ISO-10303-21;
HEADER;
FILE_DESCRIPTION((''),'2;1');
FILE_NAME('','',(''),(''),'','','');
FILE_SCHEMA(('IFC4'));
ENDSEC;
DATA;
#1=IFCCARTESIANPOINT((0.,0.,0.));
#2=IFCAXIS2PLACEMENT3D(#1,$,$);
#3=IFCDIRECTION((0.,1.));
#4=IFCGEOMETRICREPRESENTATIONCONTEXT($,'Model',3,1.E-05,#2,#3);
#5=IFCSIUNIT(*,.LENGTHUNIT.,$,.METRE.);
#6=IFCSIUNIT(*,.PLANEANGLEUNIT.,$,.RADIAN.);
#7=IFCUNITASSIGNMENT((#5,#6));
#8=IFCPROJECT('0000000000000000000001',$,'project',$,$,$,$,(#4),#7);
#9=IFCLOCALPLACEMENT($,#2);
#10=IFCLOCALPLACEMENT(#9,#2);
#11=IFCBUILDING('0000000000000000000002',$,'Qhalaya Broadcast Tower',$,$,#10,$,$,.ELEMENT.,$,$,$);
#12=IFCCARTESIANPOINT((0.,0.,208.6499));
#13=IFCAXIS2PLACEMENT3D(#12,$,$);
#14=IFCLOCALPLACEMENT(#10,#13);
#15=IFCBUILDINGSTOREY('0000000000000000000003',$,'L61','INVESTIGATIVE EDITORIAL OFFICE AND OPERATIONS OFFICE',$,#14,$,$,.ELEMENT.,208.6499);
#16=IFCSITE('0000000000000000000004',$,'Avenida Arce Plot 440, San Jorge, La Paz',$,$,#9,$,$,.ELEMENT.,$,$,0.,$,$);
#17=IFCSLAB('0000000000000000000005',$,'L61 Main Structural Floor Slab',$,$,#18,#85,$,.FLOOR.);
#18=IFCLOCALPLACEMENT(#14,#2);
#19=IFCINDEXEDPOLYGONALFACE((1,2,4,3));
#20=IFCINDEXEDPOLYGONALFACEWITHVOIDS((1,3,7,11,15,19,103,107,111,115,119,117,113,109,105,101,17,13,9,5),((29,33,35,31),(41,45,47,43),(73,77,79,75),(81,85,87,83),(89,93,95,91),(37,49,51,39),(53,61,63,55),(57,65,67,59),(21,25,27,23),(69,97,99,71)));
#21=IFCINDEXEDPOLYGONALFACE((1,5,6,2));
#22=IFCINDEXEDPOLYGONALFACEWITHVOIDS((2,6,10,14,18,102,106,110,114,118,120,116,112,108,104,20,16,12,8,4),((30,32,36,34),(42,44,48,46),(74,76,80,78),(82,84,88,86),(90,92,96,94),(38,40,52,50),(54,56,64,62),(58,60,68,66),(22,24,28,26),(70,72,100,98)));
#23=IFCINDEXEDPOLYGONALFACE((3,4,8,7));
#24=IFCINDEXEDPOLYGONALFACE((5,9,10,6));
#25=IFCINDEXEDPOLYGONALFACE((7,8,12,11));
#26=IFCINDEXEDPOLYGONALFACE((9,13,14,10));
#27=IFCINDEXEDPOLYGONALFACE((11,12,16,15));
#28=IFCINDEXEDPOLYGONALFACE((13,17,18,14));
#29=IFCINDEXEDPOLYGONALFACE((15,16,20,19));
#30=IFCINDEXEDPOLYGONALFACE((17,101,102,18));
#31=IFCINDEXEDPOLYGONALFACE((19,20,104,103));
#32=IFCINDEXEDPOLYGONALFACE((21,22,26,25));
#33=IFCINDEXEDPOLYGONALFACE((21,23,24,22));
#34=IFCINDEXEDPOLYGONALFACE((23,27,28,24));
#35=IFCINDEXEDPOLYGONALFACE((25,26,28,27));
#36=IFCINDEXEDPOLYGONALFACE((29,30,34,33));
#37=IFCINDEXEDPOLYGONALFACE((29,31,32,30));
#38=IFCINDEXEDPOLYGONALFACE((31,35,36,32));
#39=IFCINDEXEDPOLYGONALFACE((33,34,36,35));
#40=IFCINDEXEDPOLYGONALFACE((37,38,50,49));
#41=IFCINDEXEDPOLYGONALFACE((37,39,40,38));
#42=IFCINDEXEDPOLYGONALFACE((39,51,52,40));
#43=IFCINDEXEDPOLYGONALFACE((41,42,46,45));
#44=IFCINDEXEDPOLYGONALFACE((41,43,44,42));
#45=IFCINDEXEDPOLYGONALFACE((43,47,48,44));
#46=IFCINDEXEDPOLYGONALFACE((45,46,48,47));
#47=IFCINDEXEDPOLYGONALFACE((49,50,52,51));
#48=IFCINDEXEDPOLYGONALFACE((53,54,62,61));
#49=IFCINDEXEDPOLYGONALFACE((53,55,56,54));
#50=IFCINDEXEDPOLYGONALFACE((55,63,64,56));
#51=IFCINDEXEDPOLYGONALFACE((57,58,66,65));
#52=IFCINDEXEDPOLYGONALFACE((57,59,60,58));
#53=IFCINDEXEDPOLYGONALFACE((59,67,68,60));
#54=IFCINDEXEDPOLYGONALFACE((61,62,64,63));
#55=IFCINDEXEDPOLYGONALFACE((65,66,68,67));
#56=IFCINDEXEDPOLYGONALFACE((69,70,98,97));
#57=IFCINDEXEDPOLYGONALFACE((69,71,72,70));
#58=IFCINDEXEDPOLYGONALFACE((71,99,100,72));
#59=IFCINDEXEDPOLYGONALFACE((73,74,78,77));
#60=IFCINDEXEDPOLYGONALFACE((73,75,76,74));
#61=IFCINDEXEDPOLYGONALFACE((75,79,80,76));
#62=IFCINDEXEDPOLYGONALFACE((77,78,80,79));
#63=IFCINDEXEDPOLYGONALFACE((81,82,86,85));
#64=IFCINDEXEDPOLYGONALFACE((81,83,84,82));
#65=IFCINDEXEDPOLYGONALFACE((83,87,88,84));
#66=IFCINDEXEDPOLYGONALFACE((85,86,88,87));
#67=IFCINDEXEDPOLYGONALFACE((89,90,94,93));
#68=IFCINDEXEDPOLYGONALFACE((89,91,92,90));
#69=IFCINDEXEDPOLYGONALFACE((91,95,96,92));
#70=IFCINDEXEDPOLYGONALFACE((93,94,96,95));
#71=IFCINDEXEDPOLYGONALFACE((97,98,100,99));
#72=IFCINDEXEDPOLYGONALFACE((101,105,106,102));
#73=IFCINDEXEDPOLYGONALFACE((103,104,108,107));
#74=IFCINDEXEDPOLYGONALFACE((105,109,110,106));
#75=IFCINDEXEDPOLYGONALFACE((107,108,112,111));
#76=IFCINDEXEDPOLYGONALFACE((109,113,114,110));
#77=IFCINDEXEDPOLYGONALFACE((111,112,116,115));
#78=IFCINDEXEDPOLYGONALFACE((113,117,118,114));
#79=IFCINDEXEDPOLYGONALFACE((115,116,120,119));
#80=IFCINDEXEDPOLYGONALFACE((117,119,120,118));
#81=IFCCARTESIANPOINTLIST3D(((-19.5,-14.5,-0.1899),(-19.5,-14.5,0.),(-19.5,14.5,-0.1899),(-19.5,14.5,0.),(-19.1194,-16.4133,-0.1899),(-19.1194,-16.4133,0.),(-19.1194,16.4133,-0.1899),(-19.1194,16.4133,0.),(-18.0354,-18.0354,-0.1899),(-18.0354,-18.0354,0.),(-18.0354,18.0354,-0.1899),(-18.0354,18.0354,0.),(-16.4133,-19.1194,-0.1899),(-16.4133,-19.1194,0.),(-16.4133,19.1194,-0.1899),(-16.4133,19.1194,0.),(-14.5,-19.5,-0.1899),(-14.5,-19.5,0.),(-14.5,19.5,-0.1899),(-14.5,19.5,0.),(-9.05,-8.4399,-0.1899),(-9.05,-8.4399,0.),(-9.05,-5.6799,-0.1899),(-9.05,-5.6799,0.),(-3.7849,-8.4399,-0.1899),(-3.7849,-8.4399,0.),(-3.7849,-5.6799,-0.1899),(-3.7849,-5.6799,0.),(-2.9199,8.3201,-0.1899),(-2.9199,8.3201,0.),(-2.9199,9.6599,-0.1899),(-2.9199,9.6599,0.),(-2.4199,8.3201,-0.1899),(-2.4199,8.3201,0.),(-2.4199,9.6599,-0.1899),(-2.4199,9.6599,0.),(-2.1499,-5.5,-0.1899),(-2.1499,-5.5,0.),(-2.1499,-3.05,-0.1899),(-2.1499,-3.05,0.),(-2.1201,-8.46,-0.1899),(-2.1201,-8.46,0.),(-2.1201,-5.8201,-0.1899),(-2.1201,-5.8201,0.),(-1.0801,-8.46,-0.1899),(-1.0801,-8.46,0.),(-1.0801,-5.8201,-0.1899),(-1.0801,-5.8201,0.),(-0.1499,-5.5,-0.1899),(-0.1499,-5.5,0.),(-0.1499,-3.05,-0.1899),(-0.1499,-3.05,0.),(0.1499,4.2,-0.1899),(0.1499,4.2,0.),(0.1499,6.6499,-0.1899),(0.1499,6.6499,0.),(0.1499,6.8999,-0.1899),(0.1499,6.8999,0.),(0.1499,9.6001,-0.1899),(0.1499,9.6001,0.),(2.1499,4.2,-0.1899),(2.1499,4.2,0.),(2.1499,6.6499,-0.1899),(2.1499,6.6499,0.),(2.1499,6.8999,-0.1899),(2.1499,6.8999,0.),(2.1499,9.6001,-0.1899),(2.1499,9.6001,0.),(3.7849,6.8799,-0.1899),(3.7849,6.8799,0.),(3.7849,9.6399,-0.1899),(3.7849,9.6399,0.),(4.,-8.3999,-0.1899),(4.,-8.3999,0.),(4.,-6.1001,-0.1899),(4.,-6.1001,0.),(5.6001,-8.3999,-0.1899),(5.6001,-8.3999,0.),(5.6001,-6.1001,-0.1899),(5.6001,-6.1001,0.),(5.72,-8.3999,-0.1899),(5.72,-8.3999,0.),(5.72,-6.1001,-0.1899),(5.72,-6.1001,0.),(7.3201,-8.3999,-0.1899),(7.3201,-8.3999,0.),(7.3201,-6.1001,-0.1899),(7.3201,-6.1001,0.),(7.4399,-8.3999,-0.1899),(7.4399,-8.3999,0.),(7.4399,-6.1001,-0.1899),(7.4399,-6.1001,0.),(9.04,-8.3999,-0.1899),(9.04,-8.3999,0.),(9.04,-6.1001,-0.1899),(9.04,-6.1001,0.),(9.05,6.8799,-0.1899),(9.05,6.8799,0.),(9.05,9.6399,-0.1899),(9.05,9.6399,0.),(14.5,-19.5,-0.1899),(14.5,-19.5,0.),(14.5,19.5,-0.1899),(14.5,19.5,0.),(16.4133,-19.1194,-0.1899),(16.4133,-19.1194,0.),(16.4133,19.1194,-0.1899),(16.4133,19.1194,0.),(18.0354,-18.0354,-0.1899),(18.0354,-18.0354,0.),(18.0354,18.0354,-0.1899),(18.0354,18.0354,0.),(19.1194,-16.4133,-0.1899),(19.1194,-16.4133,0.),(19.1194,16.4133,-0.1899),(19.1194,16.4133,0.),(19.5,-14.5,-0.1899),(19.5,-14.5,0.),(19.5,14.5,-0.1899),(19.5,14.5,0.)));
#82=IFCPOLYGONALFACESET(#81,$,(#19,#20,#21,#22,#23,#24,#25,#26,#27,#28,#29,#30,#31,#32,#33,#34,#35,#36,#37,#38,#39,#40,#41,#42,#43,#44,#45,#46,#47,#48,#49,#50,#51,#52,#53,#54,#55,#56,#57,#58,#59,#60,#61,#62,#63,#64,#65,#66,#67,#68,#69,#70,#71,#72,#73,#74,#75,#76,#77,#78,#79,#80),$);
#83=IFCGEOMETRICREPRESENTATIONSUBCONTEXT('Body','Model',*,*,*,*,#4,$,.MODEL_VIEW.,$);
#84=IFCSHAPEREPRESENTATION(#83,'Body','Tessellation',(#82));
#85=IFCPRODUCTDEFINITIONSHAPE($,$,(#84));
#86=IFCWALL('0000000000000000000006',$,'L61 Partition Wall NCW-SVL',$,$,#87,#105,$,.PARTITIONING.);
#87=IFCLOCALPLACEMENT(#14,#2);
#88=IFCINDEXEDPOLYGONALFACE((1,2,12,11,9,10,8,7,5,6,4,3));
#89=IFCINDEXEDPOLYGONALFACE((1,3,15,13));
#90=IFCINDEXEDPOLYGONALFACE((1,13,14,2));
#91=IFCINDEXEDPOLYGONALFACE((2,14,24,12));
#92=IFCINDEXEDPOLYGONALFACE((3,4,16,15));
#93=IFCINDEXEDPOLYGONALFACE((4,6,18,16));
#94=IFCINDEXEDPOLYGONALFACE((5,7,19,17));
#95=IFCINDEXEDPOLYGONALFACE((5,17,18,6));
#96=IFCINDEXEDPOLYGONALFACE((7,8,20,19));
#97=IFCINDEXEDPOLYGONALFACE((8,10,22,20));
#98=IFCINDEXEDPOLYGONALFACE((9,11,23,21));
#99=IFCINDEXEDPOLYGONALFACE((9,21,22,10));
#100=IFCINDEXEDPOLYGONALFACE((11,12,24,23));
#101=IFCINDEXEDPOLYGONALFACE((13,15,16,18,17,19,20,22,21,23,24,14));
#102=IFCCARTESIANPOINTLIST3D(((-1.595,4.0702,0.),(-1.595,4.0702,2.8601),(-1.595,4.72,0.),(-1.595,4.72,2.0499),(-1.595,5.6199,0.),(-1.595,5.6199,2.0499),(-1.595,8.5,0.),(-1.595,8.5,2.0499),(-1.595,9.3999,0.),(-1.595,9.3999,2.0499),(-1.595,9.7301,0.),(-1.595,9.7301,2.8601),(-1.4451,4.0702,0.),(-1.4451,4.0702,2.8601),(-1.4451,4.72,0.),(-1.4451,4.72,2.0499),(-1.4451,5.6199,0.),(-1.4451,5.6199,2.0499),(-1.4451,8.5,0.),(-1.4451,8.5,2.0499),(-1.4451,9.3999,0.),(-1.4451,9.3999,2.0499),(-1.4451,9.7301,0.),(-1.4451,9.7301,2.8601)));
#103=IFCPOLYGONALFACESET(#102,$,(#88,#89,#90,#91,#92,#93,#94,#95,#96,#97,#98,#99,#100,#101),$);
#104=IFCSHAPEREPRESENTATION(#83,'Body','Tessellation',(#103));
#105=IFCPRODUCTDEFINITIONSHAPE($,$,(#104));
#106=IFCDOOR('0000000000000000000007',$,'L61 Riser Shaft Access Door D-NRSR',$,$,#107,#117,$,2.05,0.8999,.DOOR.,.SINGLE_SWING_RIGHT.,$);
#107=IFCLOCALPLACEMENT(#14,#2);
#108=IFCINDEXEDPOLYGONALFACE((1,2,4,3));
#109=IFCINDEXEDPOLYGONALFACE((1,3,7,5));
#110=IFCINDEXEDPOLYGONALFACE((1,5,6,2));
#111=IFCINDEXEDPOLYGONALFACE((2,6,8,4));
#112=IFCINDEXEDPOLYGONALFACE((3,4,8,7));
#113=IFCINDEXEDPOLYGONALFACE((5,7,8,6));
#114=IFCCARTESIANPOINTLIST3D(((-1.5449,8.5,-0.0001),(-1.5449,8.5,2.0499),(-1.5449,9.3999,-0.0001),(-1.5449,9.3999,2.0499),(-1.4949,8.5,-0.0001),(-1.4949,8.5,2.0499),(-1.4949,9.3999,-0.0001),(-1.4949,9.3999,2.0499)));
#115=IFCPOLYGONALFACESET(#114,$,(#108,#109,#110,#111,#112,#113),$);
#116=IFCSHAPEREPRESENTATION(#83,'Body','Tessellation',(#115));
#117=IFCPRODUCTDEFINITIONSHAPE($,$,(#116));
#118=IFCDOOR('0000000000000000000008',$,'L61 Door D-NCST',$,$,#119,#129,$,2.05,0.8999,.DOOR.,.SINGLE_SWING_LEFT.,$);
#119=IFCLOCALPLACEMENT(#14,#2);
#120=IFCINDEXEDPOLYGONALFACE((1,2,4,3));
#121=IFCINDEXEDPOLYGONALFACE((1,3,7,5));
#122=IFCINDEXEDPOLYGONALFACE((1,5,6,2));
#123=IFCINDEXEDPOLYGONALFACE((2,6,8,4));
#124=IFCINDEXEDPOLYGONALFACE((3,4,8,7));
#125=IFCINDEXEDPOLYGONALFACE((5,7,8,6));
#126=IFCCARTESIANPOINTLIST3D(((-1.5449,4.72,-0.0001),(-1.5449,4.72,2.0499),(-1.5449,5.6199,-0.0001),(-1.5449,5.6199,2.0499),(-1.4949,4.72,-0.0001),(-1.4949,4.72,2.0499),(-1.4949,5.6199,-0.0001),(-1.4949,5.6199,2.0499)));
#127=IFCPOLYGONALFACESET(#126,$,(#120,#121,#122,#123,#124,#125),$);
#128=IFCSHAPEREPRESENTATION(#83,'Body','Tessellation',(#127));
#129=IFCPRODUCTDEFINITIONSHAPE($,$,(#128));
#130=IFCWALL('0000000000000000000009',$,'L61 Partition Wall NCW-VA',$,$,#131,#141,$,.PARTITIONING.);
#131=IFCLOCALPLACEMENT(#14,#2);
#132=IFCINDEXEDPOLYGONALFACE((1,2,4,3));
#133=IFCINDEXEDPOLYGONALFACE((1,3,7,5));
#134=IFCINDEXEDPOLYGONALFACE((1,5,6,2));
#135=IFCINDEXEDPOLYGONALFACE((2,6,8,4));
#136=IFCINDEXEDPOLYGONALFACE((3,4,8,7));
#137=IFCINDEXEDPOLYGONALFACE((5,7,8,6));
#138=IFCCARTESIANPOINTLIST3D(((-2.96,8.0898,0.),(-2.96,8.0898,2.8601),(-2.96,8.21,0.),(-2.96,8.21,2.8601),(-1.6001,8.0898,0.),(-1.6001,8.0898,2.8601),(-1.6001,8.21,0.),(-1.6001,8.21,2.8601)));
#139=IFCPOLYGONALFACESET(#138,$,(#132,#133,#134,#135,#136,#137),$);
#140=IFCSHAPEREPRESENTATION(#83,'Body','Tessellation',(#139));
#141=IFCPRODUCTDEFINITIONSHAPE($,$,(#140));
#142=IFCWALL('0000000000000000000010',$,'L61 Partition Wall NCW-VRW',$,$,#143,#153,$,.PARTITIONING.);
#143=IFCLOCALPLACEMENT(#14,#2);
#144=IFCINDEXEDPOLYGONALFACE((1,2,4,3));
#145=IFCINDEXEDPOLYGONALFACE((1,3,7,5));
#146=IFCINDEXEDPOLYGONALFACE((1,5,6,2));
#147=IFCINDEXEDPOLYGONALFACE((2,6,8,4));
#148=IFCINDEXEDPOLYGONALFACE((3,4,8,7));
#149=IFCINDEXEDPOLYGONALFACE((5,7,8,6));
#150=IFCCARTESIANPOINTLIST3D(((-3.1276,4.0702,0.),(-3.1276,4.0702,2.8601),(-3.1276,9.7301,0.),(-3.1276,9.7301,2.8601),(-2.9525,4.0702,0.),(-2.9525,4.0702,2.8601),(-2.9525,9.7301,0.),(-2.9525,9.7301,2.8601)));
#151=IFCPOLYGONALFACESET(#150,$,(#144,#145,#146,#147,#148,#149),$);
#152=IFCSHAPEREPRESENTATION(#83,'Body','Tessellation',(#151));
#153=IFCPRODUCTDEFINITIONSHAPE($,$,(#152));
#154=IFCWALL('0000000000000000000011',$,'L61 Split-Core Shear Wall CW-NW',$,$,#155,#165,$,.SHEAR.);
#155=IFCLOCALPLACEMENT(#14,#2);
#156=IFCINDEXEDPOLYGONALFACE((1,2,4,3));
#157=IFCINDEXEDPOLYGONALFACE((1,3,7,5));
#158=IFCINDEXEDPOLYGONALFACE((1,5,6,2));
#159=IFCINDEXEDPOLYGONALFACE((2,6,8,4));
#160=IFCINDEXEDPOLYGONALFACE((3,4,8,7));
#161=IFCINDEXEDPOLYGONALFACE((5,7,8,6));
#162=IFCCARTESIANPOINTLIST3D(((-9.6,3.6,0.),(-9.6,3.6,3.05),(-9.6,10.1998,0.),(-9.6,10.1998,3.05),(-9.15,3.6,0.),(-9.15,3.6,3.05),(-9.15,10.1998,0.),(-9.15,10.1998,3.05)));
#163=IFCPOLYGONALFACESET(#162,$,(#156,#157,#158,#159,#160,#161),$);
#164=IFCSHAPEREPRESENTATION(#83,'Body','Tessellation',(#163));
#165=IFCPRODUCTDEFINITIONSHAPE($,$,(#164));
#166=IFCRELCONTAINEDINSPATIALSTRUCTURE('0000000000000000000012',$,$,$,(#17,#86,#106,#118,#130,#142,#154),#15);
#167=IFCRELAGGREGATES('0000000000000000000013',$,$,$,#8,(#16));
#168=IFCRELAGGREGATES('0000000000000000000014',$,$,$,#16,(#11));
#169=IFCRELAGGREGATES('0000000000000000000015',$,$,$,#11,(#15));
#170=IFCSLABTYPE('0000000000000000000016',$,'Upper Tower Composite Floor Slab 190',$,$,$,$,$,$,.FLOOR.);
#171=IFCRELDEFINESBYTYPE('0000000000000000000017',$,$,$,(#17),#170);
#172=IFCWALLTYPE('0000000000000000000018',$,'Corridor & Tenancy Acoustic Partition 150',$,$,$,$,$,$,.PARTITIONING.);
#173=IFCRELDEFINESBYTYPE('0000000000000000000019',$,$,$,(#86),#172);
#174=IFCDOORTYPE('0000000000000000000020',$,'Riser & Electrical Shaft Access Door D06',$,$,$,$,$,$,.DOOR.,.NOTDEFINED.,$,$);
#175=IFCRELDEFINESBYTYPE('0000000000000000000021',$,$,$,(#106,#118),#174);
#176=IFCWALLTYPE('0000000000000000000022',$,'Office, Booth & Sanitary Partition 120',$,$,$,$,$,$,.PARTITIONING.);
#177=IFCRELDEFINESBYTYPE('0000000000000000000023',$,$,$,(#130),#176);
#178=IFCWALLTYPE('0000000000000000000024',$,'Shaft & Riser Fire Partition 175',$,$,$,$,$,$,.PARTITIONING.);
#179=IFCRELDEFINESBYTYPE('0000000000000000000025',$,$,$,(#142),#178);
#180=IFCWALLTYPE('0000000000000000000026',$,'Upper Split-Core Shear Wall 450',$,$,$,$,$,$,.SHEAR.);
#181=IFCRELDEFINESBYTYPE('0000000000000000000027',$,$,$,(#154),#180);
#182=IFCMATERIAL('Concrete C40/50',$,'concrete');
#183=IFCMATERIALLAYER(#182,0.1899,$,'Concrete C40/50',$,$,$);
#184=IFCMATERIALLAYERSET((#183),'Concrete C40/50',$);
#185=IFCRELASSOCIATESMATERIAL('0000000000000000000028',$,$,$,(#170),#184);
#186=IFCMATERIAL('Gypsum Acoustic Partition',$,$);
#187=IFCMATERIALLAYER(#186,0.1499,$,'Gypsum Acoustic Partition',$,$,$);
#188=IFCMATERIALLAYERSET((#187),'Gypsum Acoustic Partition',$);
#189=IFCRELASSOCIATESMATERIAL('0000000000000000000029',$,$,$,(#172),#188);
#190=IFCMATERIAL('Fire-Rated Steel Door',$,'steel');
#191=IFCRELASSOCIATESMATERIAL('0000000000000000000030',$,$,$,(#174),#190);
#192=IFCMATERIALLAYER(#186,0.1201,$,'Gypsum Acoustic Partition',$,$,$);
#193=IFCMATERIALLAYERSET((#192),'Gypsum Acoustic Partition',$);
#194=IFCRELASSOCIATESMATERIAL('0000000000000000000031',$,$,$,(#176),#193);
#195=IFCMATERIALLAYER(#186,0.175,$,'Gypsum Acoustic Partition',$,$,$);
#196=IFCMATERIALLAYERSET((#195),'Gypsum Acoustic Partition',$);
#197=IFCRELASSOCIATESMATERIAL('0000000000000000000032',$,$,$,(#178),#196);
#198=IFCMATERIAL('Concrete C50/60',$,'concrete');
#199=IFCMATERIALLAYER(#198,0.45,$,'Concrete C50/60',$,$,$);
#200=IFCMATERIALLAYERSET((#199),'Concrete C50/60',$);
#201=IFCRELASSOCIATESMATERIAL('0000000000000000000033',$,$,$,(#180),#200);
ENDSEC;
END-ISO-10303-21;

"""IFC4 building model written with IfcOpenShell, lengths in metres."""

from ifc_helpers import new_model, si_unit, direction, frame, frame_2d, origin, place, context, subcontext, project, spatial, polyline, rectangle, outline, extrude, material, layer, layer_set, type_object, element, fill, save


model = new_model("IFC4")

# Units and contexts
model_context = context("Model", 3, precision=1e-05, world=origin(), true_north=direction((0.0, 1.0)))
body_context = subcontext(model_context, "Body", "Model", "MODEL_VIEW")
ifc_project = project(units=[si_unit("LENGTHUNIT", "METRE"), si_unit("PLANEANGLEUNIT", "RADIAN")], contexts=[model_context])

# Site, building, storey
site_placement = place(None, origin())
site = spatial("IfcSite", under=ifc_project, at=site_placement, Name="Avenida Arce Plot 440, San Jorge, La Paz", CompositionType="ELEMENT", RefElevation=0.0)
building_placement = place(site_placement, origin())
building = spatial("IfcBuilding", under=site, at=building_placement, Name="Qhalaya Broadcast Tower", CompositionType="ELEMENT")
storey_placement = place(building_placement, frame((0.0, 0.0, 208.6499)))
storey = spatial("IfcBuildingStorey", under=building, at=storey_placement, Name="L61", Description="INVESTIGATIVE EDITORIAL OFFICE AND OPERATIONS OFFICE", CompositionType="ELEMENT", Elevation=208.6499)

# Shared definitions
ifc_material_1 = material(Name="Concrete C50/60", Category="concrete")

# Slab
ifc_material_2 = material(Name="Concrete C40/50", Category="concrete")
ifc_layer_1 = layer(ifc_material_2, 0.1899, Name="Concrete C40/50")
ifc_layer_set_1 = layer_set([ifc_layer_1], Name="Concrete C40/50")
slab_type = type_object("IfcSlabType", Name="Upper Tower Composite Floor Slab 190", PredefinedType="FLOOR", material=ifc_layer_set_1)
slab_placement = place(storey_placement, frame((0.0, 0.0, -0.1899)))
element("IfcSlab", 1, at=slab_placement, inside=storey, type_object=slab_type, Name="L61 Main Structural Floor Slab", PredefinedType="FLOOR", context=body_context, shape_type="SweptSolid", body=[
    extrude(outline(polyline([(14.5, -19.5), (16.4133, -19.1194), (18.0354, -18.0354), (19.1194, -16.4133), (19.5, -14.5), (19.5, 14.5), (19.1194, 16.4133), (18.0354, 18.0354), (16.4133, 19.1194), (14.5, 19.5), (-14.5, 19.5), (-16.4133, 19.1194), (-18.0354, 18.0354), (-19.1194, 16.4133), (-19.5, 14.5), (-19.5, -14.5), (-19.1194, -16.4133), (-18.0354, -18.0354), (-16.4133, -19.1194), (-14.5, -19.5), (14.5, -19.5)]), holes=[polyline([(3.7849, 9.6399), (9.05, 9.6399), (9.05, 6.8799), (3.7849, 6.8799), (3.7849, 9.6399)]), polyline([(-3.7849, -8.4399), (-9.05, -8.4399), (-9.05, -5.6799), (-3.7849, -5.6799), (-3.7849, -8.4399)]), polyline([(0.1499, 6.6499), (2.1499, 6.6499), (2.1499, 4.2), (0.1499, 4.2), (0.1499, 6.6499)]), polyline([(0.1499, 9.6001), (2.1499, 9.6001), (2.1499, 6.8999), (0.1499, 6.8999), (0.1499, 9.6001)]), polyline([(-2.1499, -3.05), (-0.1499, -3.05), (-0.1499, -5.5), (-2.1499, -5.5), (-2.1499, -3.05)]), polyline([(4.0, -6.1001), (5.6001, -6.1001), (5.6001, -8.3999), (4.0, -8.3999), (4.0, -6.1001)]), polyline([(5.72, -6.1001), (7.3201, -6.1001), (7.3201, -8.3999), (5.72, -8.3999), (5.72, -6.1001)]), polyline([(7.4399, -6.1001), (9.04, -6.1001), (9.04, -8.3999), (7.4399, -8.3999), (7.4399, -6.1001)]), polyline([(-2.9199, 9.6599), (-2.4199, 9.6599), (-2.4199, 8.3201), (-2.9199, 8.3201), (-2.9199, 9.6599)]), polyline([(-2.1201, -5.8201), (-1.0801, -5.8201), (-1.0801, -8.46), (-2.1201, -8.46), (-2.1201, -5.8201)])]), origin(), (0.0, 0.0, 1.0), 0.1899),
])

# Wall, openings, doors
ifc_material_3 = material(Name="Gypsum Acoustic Partition")
ifc_layer_2 = layer(ifc_material_3, 0.1499, Name="Gypsum Acoustic Partition")
ifc_layer_set_2 = layer_set([ifc_layer_2], Name="Gypsum Acoustic Partition")
wall_type_1 = type_object("IfcWallType", Name="Corridor & Tenancy Acoustic Partition 150", PredefinedType="PARTITIONING", material=ifc_layer_set_2)
wall_1_placement = place(storey_placement, frame((-1.52, 4.0701, 0.0), z_axis=(0.0, 0.0, 1.0), x_axis=(0.0, 1.0, 0.0)))
wall_1 = element("IfcWall", 2, at=wall_1_placement, inside=storey, type_object=wall_type_1, Name="L61 Partition Wall NCW-SVL", PredefinedType="PARTITIONING", context=body_context, shape_type="SweptSolid", body=[
    extrude(rectangle(XDim=5.6599, YDim=0.1499, at=frame_2d((2.8301, 0.0))), origin(), (0.0, 0.0, 1.0), 2.8601),
])
opening_1_placement = place(wall_1_placement, frame((4.4299, 0.0, 0.0)))
opening_1 = element("IfcOpeningElement", 3, at=opening_1_placement, cuts=wall_1, PredefinedType="OPENING", context=body_context, shape_type="SweptSolid", body=[
    extrude(rectangle(XDim=0.8999, YDim=2.05, at=frame_2d((0.45, 1.0249))), frame((0.0, 0.0869, 0.0), z_axis=(0.0, -1.0, 0.0), x_axis=(1.0, 0.0, 0.0)), (0.0, 0.0, 1.0), 0.1738),
])
opening_2_placement = place(wall_1_placement, frame((0.6499, 0.0, 0.0)))
opening_2 = element("IfcOpeningElement", 4, at=opening_2_placement, cuts=wall_1, PredefinedType="OPENING", context=body_context, shape_type="SweptSolid", body=[
    extrude(rectangle(XDim=0.8999, YDim=2.05, at=frame_2d((0.45, 1.0249))), frame((0.0, 0.0869, 0.0), z_axis=(0.0, -1.0, 0.0), x_axis=(1.0, 0.0, 0.0)), (0.0, 0.0, 1.0), 0.1738),
])
ifc_material_4 = material(Name="Fire-Rated Steel Door", Category="steel")
door_type = type_object("IfcDoorType", Name="Riser & Electrical Shaft Access Door D06", OperationType="NOTDEFINED", PredefinedType="DOOR", material=ifc_material_4)
door_1_placement = place(opening_1_placement, origin())
door_1 = element("IfcDoor", 5, at=door_1_placement, inside=storey, type_object=door_type, Name="L61 Riser Shaft Access Door D-NRSR", OperationType="SINGLE_SWING_RIGHT", OverallHeight=2.05, OverallWidth=0.8999, PredefinedType="DOOR", context=body_context, shape_type="SweptSolid", body=[
    extrude(rectangle(XDim=0.8999, YDim=2.05, at=frame_2d((0.45, 1.0249))), frame((0.0, 0.0249, 0.0), z_axis=(0.0, -1.0, 0.0), x_axis=(1.0, 0.0, 0.0)), (0.0, 0.0, 1.0), 0.05),
])
fill(opening_1, door_1)
door_2_placement = place(opening_2_placement, origin())
door_2 = element("IfcDoor", 6, at=door_2_placement, inside=storey, type_object=door_type, Name="L61 Door D-NCST", OperationType="SINGLE_SWING_LEFT", OverallHeight=2.05, OverallWidth=0.8999, PredefinedType="DOOR", context=body_context, shape_type="SweptSolid", body=[
    extrude(rectangle(XDim=0.8999, YDim=2.05, at=frame_2d((0.45, 1.0249))), frame((0.0, 0.0249, 0.0), z_axis=(0.0, -1.0, 0.0), x_axis=(1.0, 0.0, 0.0)), (0.0, 0.0, 1.0), 0.05),
])
fill(opening_2, door_2)

# Walls
ifc_layer_3 = layer(ifc_material_3, 0.1201, Name="Gypsum Acoustic Partition")
ifc_layer_set_3 = layer_set([ifc_layer_3], Name="Gypsum Acoustic Partition")
wall_type_2 = type_object("IfcWallType", Name="Office, Booth & Sanitary Partition 120", PredefinedType="PARTITIONING", material=ifc_layer_set_3)
wall_2_placement = place(storey_placement, frame((-2.96, 8.1499, 0.0), z_axis=(0.0, 0.0, 1.0), x_axis=(1.0, 0.0, 0.0)))
element("IfcWall", 7, at=wall_2_placement, inside=storey, type_object=wall_type_2, Name="L61 Partition Wall NCW-VA", PredefinedType="PARTITIONING", context=body_context, shape_type="SweptSolid", body=[
    extrude(rectangle(XDim=1.3599, YDim=0.1201, at=frame_2d((0.6799, 0.0))), origin(), (0.0, 0.0, 1.0), 2.8601),
])
ifc_layer_4 = layer(ifc_material_3, 0.175, Name="Gypsum Acoustic Partition")
ifc_layer_set_4 = layer_set([ifc_layer_4], Name="Gypsum Acoustic Partition")
wall_type_3 = type_object("IfcWallType", Name="Shaft & Riser Fire Partition 175", PredefinedType="PARTITIONING", material=ifc_layer_set_4)
wall_3_placement = place(storey_placement, frame((-3.04, 4.0701, 0.0), z_axis=(0.0, 0.0, 1.0), x_axis=(0.0, 1.0, 0.0)))
element("IfcWall", 8, at=wall_3_placement, inside=storey, type_object=wall_type_3, Name="L61 Partition Wall NCW-VRW", PredefinedType="PARTITIONING", context=body_context, shape_type="SweptSolid", body=[
    extrude(rectangle(XDim=5.6599, YDim=0.175, at=frame_2d((2.8301, 0.0))), origin(), (0.0, 0.0, 1.0), 2.8601),
])
ifc_layer_5 = layer(ifc_material_1, 0.45, Name="Concrete C50/60")
ifc_layer_set_5 = layer_set([ifc_layer_5], Name="Concrete C50/60")
wall_type_4 = type_object("IfcWallType", Name="Upper Split-Core Shear Wall 450", PredefinedType="SHEAR", material=ifc_layer_set_5)
wall_4_placement = place(storey_placement, frame((-9.375, 3.6001, 0.0), z_axis=(0.0, 0.0, 1.0), x_axis=(0.0, 1.0, 0.0)))
element("IfcWall", 9, at=wall_4_placement, inside=storey, type_object=wall_type_4, Name="L61 Split-Core Shear Wall CW-NW", PredefinedType="SHEAR", context=body_context, shape_type="SweptSolid", body=[
    extrude(rectangle(XDim=6.5999, YDim=0.45, at=frame_2d((3.2998, 0.0))), origin(), (0.0, 0.0, 1.0), 3.05),
])

save(model, "model.ifc")
